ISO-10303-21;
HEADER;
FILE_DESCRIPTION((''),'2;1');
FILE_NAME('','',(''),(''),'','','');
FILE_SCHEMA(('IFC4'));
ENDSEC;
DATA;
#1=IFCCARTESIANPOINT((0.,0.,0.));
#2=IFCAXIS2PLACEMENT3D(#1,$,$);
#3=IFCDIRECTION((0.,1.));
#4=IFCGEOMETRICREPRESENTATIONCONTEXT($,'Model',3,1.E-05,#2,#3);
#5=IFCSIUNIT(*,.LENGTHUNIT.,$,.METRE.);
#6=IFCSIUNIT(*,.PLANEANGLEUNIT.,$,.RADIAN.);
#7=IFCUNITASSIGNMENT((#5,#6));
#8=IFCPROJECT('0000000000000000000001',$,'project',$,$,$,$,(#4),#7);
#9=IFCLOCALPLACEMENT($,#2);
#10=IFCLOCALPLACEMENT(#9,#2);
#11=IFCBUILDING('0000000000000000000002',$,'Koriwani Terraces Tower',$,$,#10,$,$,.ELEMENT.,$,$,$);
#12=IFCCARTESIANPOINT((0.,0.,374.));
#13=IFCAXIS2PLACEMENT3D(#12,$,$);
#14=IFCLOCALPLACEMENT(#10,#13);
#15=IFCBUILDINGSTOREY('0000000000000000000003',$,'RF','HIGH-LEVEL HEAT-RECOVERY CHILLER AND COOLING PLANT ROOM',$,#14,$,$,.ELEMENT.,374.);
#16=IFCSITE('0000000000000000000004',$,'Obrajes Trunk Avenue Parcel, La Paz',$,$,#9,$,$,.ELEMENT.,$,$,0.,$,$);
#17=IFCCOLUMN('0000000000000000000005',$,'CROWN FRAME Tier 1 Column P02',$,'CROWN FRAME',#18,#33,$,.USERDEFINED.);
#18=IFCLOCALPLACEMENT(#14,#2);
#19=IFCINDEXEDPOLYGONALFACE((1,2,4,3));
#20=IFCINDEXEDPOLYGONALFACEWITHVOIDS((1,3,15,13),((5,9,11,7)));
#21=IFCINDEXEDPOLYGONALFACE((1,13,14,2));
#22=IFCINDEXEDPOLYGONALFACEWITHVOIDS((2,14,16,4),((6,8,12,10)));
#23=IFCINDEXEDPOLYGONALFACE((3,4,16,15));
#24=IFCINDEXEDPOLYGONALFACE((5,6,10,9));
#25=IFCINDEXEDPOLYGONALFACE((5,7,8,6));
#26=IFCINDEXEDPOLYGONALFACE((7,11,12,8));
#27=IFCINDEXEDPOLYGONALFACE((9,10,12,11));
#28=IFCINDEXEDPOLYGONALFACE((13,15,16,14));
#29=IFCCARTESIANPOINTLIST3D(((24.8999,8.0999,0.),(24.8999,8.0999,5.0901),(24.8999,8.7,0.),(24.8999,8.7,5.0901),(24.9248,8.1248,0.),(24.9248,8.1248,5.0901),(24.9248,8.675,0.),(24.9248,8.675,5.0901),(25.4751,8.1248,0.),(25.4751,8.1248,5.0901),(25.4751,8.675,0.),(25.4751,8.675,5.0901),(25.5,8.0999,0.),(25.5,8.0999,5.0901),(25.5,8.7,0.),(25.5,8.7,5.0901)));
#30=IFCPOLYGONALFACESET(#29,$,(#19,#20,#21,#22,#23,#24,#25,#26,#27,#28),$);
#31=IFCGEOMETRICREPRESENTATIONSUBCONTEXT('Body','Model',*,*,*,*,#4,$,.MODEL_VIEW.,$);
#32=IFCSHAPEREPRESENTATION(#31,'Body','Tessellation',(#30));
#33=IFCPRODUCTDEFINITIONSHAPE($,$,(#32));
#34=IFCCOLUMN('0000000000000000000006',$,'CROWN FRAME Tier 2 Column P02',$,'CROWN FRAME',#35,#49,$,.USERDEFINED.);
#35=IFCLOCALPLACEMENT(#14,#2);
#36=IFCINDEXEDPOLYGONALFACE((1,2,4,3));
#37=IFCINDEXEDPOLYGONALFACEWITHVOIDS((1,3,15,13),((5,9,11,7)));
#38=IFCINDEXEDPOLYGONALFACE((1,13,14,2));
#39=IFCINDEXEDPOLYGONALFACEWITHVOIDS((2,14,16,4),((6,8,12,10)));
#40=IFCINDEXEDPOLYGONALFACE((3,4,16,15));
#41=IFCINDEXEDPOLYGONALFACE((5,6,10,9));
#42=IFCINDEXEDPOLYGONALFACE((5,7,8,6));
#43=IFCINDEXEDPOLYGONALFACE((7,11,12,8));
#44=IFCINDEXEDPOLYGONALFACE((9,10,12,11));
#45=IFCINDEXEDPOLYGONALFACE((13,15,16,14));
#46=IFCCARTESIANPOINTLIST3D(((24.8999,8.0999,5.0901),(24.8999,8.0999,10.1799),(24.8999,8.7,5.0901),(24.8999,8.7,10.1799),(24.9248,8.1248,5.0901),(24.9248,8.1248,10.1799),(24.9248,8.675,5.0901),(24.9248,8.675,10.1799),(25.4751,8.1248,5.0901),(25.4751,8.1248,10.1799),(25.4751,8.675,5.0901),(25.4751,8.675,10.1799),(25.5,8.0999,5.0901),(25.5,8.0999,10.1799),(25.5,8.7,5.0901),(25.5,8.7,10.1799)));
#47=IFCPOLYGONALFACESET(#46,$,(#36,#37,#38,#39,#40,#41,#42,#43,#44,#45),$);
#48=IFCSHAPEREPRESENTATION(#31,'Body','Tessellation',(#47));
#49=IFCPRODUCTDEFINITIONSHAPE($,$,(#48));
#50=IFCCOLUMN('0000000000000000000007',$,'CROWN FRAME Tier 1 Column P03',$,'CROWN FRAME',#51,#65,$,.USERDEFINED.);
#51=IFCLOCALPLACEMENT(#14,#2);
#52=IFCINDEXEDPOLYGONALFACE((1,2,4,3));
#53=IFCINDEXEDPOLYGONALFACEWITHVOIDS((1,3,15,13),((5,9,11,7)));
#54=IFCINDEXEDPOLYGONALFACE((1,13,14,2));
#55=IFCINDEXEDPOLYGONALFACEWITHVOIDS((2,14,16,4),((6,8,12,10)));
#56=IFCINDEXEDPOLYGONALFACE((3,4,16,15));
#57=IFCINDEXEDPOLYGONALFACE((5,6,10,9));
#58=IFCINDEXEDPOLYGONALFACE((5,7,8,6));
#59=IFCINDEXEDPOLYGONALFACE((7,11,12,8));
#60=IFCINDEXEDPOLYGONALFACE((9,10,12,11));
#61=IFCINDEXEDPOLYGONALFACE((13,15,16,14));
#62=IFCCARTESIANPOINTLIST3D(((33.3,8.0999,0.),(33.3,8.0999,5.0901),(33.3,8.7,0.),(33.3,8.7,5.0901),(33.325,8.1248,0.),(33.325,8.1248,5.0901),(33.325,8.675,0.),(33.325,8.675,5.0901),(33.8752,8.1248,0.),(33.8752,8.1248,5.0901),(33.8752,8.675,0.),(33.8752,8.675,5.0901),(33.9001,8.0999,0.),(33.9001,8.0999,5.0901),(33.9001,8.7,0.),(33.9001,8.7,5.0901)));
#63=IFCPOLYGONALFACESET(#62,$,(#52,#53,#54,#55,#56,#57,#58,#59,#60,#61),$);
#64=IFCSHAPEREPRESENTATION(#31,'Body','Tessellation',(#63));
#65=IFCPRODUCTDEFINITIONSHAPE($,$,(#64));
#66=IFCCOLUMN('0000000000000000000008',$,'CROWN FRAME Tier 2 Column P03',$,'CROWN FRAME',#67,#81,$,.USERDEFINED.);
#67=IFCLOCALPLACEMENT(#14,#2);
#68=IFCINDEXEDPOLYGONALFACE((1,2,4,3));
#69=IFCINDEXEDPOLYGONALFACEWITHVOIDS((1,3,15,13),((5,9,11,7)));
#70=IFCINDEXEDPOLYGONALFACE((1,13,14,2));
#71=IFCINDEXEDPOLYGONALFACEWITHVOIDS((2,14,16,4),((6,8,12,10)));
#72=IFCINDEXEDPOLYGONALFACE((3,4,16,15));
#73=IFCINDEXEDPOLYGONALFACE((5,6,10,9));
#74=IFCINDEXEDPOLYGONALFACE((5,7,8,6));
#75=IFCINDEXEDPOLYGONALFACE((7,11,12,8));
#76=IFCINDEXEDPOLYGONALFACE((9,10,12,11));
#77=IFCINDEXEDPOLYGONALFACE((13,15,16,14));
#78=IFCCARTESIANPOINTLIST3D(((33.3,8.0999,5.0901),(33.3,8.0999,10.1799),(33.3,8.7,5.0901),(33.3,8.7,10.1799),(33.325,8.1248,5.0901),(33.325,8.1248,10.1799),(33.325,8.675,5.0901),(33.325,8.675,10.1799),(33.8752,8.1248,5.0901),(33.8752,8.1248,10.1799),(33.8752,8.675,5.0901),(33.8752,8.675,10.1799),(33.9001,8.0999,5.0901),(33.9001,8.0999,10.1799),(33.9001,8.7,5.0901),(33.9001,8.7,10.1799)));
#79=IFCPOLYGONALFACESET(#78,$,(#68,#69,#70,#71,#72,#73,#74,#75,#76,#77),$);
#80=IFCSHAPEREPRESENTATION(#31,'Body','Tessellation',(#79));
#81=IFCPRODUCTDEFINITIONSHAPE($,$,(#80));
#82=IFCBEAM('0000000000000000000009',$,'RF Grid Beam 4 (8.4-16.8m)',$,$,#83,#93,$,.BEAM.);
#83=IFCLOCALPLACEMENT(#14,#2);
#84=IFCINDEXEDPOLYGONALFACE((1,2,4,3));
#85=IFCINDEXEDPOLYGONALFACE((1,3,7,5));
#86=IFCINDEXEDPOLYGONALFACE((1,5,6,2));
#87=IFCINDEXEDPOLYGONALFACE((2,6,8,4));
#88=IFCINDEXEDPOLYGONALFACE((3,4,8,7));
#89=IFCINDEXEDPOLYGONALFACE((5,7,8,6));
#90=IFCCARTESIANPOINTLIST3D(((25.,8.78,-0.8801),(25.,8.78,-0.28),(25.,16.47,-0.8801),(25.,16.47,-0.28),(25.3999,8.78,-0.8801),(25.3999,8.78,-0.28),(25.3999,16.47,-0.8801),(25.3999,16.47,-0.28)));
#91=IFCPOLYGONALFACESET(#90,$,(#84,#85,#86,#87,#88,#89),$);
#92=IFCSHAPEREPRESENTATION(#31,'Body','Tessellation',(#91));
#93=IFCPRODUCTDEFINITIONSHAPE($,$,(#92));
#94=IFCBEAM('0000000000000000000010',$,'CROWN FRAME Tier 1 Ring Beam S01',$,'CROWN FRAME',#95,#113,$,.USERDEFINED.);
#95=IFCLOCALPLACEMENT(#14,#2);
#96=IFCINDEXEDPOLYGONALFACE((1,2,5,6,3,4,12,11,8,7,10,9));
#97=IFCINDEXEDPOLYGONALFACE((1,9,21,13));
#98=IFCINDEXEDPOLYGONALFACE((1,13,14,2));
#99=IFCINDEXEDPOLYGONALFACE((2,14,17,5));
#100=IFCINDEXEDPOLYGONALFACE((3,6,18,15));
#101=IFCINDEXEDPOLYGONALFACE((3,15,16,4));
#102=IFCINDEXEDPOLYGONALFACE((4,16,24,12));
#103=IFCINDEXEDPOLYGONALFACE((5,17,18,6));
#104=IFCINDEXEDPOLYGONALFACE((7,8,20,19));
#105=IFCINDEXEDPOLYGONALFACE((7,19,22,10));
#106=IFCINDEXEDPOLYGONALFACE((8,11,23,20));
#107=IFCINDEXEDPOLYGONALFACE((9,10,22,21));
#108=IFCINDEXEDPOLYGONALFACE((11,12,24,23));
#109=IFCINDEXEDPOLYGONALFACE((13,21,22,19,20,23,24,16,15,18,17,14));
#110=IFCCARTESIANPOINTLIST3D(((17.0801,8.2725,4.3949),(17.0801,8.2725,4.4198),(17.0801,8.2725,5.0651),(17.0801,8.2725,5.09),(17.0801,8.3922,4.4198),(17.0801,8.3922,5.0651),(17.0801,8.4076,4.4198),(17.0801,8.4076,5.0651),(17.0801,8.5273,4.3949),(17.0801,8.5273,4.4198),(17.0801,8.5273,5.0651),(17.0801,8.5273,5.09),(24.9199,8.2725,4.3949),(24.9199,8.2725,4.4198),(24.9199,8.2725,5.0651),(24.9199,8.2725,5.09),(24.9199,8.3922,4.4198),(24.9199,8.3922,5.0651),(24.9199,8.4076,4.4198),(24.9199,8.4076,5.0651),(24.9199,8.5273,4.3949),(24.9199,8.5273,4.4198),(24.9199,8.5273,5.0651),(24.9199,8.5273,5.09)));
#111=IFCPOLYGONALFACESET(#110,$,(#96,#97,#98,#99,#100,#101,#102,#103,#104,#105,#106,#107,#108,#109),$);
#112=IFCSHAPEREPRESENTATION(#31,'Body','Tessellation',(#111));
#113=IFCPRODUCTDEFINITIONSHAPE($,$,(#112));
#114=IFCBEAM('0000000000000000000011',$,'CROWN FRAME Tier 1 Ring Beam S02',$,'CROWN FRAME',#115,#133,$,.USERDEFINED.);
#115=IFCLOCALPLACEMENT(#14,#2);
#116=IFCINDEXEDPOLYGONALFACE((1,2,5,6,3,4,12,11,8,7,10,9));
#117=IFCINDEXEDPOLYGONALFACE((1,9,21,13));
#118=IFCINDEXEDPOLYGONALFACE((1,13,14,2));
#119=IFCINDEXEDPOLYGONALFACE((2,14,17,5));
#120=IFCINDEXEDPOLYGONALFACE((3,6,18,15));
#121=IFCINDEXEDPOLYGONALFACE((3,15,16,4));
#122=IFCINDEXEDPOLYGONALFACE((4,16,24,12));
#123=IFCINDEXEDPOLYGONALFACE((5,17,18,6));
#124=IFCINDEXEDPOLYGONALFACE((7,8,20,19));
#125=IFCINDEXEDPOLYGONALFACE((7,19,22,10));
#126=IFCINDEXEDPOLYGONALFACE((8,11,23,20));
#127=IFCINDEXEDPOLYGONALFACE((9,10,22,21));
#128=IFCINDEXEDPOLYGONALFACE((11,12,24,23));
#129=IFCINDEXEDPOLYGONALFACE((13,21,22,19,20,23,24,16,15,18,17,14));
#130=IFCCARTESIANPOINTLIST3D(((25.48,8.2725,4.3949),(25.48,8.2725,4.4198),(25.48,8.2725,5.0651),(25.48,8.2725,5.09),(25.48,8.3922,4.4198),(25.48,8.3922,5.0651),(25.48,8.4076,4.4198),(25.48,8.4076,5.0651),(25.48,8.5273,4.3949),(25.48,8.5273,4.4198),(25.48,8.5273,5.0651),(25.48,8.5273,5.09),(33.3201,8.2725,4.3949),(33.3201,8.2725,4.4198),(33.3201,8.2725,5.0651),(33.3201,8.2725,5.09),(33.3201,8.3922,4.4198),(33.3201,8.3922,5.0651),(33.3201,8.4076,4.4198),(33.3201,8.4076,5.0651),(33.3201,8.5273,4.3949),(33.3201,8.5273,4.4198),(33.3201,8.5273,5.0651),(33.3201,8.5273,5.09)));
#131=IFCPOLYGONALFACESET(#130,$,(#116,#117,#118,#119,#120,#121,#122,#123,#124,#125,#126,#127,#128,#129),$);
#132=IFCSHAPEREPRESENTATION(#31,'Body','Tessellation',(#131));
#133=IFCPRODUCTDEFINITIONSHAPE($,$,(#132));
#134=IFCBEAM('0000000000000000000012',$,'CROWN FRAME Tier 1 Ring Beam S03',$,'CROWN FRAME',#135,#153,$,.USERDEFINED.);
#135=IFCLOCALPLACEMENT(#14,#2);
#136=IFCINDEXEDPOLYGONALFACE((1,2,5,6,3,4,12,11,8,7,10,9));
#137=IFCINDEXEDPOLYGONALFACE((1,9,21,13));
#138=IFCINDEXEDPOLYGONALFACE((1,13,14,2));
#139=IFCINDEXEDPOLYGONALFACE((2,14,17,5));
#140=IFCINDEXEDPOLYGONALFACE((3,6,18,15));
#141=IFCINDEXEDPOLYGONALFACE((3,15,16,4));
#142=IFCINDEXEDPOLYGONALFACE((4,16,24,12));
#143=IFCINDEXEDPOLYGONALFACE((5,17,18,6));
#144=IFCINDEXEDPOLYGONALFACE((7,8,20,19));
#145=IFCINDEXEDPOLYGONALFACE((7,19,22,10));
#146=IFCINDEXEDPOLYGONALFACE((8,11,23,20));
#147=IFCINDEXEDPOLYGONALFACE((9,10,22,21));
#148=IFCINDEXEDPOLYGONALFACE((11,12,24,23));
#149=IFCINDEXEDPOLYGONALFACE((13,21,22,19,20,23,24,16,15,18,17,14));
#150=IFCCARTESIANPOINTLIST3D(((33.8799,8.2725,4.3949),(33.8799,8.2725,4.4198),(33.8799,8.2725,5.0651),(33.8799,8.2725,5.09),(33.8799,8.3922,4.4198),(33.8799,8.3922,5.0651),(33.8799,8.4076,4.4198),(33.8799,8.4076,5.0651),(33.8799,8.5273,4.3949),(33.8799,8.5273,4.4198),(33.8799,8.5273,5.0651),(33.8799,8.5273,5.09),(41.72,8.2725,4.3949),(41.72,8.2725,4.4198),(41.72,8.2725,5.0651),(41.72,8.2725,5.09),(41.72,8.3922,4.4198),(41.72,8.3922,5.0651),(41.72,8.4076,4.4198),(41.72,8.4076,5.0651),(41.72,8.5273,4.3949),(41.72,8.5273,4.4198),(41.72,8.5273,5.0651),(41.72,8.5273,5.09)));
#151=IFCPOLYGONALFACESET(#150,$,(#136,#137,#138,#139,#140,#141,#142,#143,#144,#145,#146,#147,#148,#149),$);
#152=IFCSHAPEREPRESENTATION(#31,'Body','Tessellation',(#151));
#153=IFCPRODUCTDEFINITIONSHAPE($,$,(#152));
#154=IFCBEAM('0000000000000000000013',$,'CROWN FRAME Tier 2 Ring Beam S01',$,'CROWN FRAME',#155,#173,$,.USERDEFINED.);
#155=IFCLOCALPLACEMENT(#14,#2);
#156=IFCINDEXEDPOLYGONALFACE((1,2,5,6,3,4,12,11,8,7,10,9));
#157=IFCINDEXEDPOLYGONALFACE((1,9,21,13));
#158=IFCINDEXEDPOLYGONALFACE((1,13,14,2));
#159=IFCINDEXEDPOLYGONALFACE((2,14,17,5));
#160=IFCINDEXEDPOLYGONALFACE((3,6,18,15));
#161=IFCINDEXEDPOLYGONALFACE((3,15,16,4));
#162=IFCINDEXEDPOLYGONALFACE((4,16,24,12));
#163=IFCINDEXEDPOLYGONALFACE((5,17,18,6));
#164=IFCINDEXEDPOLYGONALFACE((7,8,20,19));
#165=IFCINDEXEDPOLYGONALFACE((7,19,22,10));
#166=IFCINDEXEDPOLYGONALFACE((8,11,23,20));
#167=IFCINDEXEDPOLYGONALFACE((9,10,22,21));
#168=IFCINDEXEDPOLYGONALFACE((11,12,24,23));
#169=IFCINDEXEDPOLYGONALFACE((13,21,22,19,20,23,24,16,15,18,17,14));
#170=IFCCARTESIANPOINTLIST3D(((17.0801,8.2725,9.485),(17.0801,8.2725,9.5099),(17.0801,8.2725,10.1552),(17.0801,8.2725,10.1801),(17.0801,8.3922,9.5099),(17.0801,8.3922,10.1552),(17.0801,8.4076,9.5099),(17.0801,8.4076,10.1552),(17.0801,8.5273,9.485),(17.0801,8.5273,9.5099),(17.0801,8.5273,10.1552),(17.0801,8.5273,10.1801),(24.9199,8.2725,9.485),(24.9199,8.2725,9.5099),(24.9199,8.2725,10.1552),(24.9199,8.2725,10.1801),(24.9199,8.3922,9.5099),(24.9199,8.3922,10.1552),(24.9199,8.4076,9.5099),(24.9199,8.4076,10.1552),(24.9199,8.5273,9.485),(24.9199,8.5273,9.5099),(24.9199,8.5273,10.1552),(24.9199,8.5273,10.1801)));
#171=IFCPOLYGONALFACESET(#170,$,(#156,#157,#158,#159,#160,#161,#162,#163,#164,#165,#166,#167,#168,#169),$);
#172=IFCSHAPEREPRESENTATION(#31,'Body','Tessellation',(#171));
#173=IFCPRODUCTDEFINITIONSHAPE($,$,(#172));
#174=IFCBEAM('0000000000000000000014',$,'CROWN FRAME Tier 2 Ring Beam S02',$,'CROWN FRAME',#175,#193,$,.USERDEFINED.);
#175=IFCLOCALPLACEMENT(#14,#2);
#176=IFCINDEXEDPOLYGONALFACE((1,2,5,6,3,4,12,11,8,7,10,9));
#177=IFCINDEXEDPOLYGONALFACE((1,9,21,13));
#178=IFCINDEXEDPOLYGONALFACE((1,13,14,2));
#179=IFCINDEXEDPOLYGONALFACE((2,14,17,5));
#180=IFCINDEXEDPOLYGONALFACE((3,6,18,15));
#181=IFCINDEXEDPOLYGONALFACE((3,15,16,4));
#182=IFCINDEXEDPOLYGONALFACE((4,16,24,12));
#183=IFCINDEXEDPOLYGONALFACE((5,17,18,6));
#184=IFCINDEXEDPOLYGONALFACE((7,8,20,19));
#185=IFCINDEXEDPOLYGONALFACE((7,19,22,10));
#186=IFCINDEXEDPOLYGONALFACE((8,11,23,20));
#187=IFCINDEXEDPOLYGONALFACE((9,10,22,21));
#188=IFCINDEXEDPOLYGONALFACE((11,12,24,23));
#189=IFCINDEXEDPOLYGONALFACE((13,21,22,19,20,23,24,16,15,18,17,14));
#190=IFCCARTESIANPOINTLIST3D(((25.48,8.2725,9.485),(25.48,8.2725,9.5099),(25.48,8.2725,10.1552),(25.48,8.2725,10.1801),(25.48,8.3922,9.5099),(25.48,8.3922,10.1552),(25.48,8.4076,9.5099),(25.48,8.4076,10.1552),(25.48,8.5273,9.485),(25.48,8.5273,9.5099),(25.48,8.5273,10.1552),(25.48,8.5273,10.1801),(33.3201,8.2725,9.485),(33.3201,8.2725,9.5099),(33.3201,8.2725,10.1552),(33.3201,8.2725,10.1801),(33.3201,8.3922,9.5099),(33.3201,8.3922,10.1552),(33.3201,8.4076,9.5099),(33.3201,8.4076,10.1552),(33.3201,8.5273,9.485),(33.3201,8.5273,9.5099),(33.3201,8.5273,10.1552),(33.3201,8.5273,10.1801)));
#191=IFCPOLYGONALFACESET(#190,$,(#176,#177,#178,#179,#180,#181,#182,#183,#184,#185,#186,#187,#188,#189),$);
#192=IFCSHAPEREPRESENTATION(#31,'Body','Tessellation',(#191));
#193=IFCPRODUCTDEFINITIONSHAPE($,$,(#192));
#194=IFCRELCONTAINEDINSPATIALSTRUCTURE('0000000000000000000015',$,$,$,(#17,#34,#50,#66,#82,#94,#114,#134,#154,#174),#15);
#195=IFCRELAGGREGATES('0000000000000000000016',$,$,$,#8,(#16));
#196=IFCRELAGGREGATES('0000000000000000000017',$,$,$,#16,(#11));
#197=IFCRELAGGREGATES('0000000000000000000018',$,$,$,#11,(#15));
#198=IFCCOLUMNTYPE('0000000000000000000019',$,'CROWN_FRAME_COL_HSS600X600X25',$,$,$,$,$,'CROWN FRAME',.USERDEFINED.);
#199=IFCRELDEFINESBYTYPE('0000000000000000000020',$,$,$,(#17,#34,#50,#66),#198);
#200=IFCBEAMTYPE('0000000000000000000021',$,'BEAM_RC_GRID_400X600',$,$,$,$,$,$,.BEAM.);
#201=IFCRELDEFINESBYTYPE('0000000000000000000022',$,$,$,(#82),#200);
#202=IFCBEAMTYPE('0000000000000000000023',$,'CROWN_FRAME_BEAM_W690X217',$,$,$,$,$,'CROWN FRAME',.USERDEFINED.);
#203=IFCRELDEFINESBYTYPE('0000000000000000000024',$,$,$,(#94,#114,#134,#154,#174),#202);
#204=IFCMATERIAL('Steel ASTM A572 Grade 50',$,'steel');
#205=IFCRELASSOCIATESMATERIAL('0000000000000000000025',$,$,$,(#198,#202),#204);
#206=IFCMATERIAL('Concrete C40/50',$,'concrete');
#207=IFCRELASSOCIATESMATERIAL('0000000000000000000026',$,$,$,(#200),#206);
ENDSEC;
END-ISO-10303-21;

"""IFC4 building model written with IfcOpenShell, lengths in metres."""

from ifc_helpers import new_model, si_unit, direction, frame, origin, origin_2d, place, context, subcontext, project, spatial, rectangle, hollow_rectangle, i_section, extrude, material, material_profile, profile_set, type_object, element, save


model = new_model("IFC4")

# Units and contexts
model_context = context("Model", 3, precision=1e-05, world=origin(), true_north=direction((0.0, 1.0)))
body_context = subcontext(model_context, "Body", "Model", "MODEL_VIEW")
ifc_project = project(units=[si_unit("LENGTHUNIT", "METRE"), si_unit("PLANEANGLEUNIT", "RADIAN")], contexts=[model_context])

# Site, building, storey
site_placement = place(None, origin())
site = spatial("IfcSite", under=ifc_project, at=site_placement, Name="Obrajes Trunk Avenue Parcel, La Paz", CompositionType="ELEMENT", RefElevation=0.0)
building_placement = place(site_placement, origin())
building = spatial("IfcBuilding", under=site, at=building_placement, Name="Koriwani Terraces Tower", CompositionType="ELEMENT")
storey_placement = place(building_placement, frame((0.0, 0.0, 374.0)))
storey = spatial("IfcBuildingStorey", under=building, at=storey_placement, Name="RF", Description="HIGH-LEVEL HEAT-RECOVERY CHILLER AND COOLING PLANT ROOM", CompositionType="ELEMENT", Elevation=374.0)

# Columns
ifc_material_1 = material(Name="Steel ASTM A572 Grade 50", Category="steel")
ifc_material_profile_1 = material_profile(ifc_material_1, hollow_rectangle(XDim=0.6001, YDim=0.6001, WallThickness=0.0249, at=origin_2d()), Name="Steel ASTM A572 Grade 50", Category="LoadBearing")
ifc_profile_set_1 = profile_set([ifc_material_profile_1], Name="Steel ASTM A572 Grade 50")
column_type = type_object("IfcColumnType", Name="CROWN_FRAME_COL_HSS600X600X25", ElementType="CROWN FRAME", PredefinedType="USERDEFINED", material=ifc_profile_set_1)
column_1_placement = place(storey_placement, frame((25.2, 8.3999, 0.0), z_axis=(0.0, 0.0, 1.0), x_axis=(1.0, 0.0, 0.0)))
element("IfcColumn", 1, at=column_1_placement, inside=storey, type_object=column_type, Name="CROWN FRAME Tier 1 Column P02", ObjectType="CROWN FRAME", PredefinedType="USERDEFINED", context=body_context, shape_type="SweptSolid", body=[
    extrude(hollow_rectangle(XDim=0.6001, YDim=0.6001, WallThickness=0.0249, at=origin_2d()), origin(), (0.0, 0.0, 1.0), 5.0901),
])
column_2_placement = place(storey_placement, frame((25.2, 8.3999, 5.0901), z_axis=(0.0, 0.0, 1.0), x_axis=(1.0, 0.0, 0.0)))
element("IfcColumn", 2, at=column_2_placement, inside=storey, type_object=column_type, Name="CROWN FRAME Tier 2 Column P02", ObjectType="CROWN FRAME", PredefinedType="USERDEFINED", context=body_context, shape_type="SweptSolid", body=[
    extrude(hollow_rectangle(XDim=0.6001, YDim=0.6001, WallThickness=0.0249, at=origin_2d()), origin(), (0.0, 0.0, 1.0), 5.0898),
])
column_3_placement = place(storey_placement, frame((33.6001, 8.3999, 0.0), z_axis=(0.0, 0.0, 1.0), x_axis=(1.0, 0.0, 0.0)))
element("IfcColumn", 3, at=column_3_placement, inside=storey, type_object=column_type, Name="CROWN FRAME Tier 1 Column P03", ObjectType="CROWN FRAME", PredefinedType="USERDEFINED", context=body_context, shape_type="SweptSolid", body=[
    extrude(hollow_rectangle(XDim=0.6001, YDim=0.6001, WallThickness=0.0249, at=origin_2d()), origin(), (0.0, 0.0, 1.0), 5.0901),
])
column_4_placement = place(storey_placement, frame((33.6001, 8.3999, 5.0901), z_axis=(0.0, 0.0, 1.0), x_axis=(1.0, 0.0, 0.0)))
element("IfcColumn", 4, at=column_4_placement, inside=storey, type_object=column_type, Name="CROWN FRAME Tier 2 Column P03", ObjectType="CROWN FRAME", PredefinedType="USERDEFINED", context=body_context, shape_type="SweptSolid", body=[
    extrude(hollow_rectangle(XDim=0.6001, YDim=0.6001, WallThickness=0.0249, at=origin_2d()), origin(), (0.0, 0.0, 1.0), 5.0898),
])

# Beams
ifc_material_2 = material(Name="Concrete C40/50", Category="concrete")
ifc_material_profile_2 = material_profile(ifc_material_2, rectangle(XDim=0.3999, YDim=0.6001, at=origin_2d()), Name="Concrete C40/50", Category="LoadBearing")
ifc_profile_set_2 = profile_set([ifc_material_profile_2], Name="Concrete C40/50")
beam_type_1 = type_object("IfcBeamType", Name="BEAM_RC_GRID_400X600", PredefinedType="BEAM", material=ifc_profile_set_2)
beam_1_placement = place(storey_placement, frame((25.2, 8.78, -0.5801), z_axis=(0.0, 1.0, 0.0), x_axis=(-1.0, 0.0, 0.0)))
element("IfcBeam", 5, at=beam_1_placement, inside=storey, type_object=beam_type_1, Name="RF Grid Beam 4 (8.4-16.8m)", PredefinedType="BEAM", context=body_context, shape_type="SweptSolid", body=[
    extrude(rectangle(XDim=0.3999, YDim=0.6001, at=origin_2d()), origin(), (0.0, 0.0, 1.0), 7.6899),
])
ifc_material_profile_3 = material_profile(ifc_material_1, i_section(OverallWidth=0.2549, OverallDepth=0.6951, WebThickness=0.0154, FlangeThickness=0.0249, at=origin_2d()), Name="Steel ASTM A572 Grade 50", Category="LoadBearing")
ifc_profile_set_3 = profile_set([ifc_material_profile_3], Name="Steel ASTM A572 Grade 50")
beam_type_2 = type_object("IfcBeamType", Name="CROWN_FRAME_BEAM_W690X217", ElementType="CROWN FRAME", PredefinedType="USERDEFINED", material=ifc_profile_set_3)
beam_2_placement = place(storey_placement, frame((17.0801, 8.3999, 4.7424), z_axis=(1.0, 0.0, 0.0), x_axis=(0.0, 1.0, 0.0)))
element("IfcBeam", 6, at=beam_2_placement, inside=storey, type_object=beam_type_2, Name="CROWN FRAME Tier 1 Ring Beam S01", ObjectType="CROWN FRAME", PredefinedType="USERDEFINED", context=body_context, shape_type="SweptSolid", body=[
    extrude(i_section(OverallWidth=0.2549, OverallDepth=0.6951, WebThickness=0.0154, FlangeThickness=0.0249, at=origin_2d()), origin(), (0.0, 0.0, 1.0), 7.8398),
])
for number, where, z_axis, x_axis, name in (
    (7, (25.48, 8.3999, 4.7424), (1.0, 0.0, 0.0), (0.0, 1.0, 0.0), "CROWN FRAME Tier 1 Ring Beam S02"),
    (8, (33.8799, 8.3999, 4.7424), (1.0, 0.0, 0.0), (0.0, 1.0, 0.0), "CROWN FRAME Tier 1 Ring Beam S03"),
):
    element("IfcBeam", number, at=place(storey_placement, frame(where, z_axis=z_axis, x_axis=x_axis)), inside=storey, type_object=beam_type_2, Name=name, ObjectType="CROWN FRAME", PredefinedType="USERDEFINED", context=body_context, shape_type="SweptSolid", body=[
        extrude(i_section(OverallWidth=0.2549, OverallDepth=0.6951, WebThickness=0.0154, FlangeThickness=0.0249, at=origin_2d()), origin(), (0.0, 0.0, 1.0), 7.8401),
    ])
beam_3_placement = place(storey_placement, frame((17.0801, 8.3999, 9.8325), z_axis=(1.0, 0.0, 0.0), x_axis=(0.0, 1.0, 0.0)))
element("IfcBeam", 9, at=beam_3_placement, inside=storey, type_object=beam_type_2, Name="CROWN FRAME Tier 2 Ring Beam S01", ObjectType="CROWN FRAME", PredefinedType="USERDEFINED", context=body_context, shape_type="SweptSolid", body=[
    extrude(i_section(OverallWidth=0.2549, OverallDepth=0.6951, WebThickness=0.0154, FlangeThickness=0.0249, at=origin_2d()), origin(), (0.0, 0.0, 1.0), 7.8398),
])
for number, where, z_axis, x_axis, name in (
    (10, (25.48, 8.3999, 9.8325), (1.0, 0.0, 0.0), (0.0, 1.0, 0.0), "CROWN FRAME Tier 2 Ring Beam S02"),
):
    element("IfcBeam", number, at=place(storey_placement, frame(where, z_axis=z_axis, x_axis=x_axis)), inside=storey, type_object=beam_type_2, Name=name, ObjectType="CROWN FRAME", PredefinedType="USERDEFINED", context=body_context, shape_type="SweptSolid", body=[
        extrude(i_section(OverallWidth=0.2549, OverallDepth=0.6951, WebThickness=0.0154, FlangeThickness=0.0249, at=origin_2d()), origin(), (0.0, 0.0, 1.0), 7.8401),
    ])

save(model, "model.ifc")
